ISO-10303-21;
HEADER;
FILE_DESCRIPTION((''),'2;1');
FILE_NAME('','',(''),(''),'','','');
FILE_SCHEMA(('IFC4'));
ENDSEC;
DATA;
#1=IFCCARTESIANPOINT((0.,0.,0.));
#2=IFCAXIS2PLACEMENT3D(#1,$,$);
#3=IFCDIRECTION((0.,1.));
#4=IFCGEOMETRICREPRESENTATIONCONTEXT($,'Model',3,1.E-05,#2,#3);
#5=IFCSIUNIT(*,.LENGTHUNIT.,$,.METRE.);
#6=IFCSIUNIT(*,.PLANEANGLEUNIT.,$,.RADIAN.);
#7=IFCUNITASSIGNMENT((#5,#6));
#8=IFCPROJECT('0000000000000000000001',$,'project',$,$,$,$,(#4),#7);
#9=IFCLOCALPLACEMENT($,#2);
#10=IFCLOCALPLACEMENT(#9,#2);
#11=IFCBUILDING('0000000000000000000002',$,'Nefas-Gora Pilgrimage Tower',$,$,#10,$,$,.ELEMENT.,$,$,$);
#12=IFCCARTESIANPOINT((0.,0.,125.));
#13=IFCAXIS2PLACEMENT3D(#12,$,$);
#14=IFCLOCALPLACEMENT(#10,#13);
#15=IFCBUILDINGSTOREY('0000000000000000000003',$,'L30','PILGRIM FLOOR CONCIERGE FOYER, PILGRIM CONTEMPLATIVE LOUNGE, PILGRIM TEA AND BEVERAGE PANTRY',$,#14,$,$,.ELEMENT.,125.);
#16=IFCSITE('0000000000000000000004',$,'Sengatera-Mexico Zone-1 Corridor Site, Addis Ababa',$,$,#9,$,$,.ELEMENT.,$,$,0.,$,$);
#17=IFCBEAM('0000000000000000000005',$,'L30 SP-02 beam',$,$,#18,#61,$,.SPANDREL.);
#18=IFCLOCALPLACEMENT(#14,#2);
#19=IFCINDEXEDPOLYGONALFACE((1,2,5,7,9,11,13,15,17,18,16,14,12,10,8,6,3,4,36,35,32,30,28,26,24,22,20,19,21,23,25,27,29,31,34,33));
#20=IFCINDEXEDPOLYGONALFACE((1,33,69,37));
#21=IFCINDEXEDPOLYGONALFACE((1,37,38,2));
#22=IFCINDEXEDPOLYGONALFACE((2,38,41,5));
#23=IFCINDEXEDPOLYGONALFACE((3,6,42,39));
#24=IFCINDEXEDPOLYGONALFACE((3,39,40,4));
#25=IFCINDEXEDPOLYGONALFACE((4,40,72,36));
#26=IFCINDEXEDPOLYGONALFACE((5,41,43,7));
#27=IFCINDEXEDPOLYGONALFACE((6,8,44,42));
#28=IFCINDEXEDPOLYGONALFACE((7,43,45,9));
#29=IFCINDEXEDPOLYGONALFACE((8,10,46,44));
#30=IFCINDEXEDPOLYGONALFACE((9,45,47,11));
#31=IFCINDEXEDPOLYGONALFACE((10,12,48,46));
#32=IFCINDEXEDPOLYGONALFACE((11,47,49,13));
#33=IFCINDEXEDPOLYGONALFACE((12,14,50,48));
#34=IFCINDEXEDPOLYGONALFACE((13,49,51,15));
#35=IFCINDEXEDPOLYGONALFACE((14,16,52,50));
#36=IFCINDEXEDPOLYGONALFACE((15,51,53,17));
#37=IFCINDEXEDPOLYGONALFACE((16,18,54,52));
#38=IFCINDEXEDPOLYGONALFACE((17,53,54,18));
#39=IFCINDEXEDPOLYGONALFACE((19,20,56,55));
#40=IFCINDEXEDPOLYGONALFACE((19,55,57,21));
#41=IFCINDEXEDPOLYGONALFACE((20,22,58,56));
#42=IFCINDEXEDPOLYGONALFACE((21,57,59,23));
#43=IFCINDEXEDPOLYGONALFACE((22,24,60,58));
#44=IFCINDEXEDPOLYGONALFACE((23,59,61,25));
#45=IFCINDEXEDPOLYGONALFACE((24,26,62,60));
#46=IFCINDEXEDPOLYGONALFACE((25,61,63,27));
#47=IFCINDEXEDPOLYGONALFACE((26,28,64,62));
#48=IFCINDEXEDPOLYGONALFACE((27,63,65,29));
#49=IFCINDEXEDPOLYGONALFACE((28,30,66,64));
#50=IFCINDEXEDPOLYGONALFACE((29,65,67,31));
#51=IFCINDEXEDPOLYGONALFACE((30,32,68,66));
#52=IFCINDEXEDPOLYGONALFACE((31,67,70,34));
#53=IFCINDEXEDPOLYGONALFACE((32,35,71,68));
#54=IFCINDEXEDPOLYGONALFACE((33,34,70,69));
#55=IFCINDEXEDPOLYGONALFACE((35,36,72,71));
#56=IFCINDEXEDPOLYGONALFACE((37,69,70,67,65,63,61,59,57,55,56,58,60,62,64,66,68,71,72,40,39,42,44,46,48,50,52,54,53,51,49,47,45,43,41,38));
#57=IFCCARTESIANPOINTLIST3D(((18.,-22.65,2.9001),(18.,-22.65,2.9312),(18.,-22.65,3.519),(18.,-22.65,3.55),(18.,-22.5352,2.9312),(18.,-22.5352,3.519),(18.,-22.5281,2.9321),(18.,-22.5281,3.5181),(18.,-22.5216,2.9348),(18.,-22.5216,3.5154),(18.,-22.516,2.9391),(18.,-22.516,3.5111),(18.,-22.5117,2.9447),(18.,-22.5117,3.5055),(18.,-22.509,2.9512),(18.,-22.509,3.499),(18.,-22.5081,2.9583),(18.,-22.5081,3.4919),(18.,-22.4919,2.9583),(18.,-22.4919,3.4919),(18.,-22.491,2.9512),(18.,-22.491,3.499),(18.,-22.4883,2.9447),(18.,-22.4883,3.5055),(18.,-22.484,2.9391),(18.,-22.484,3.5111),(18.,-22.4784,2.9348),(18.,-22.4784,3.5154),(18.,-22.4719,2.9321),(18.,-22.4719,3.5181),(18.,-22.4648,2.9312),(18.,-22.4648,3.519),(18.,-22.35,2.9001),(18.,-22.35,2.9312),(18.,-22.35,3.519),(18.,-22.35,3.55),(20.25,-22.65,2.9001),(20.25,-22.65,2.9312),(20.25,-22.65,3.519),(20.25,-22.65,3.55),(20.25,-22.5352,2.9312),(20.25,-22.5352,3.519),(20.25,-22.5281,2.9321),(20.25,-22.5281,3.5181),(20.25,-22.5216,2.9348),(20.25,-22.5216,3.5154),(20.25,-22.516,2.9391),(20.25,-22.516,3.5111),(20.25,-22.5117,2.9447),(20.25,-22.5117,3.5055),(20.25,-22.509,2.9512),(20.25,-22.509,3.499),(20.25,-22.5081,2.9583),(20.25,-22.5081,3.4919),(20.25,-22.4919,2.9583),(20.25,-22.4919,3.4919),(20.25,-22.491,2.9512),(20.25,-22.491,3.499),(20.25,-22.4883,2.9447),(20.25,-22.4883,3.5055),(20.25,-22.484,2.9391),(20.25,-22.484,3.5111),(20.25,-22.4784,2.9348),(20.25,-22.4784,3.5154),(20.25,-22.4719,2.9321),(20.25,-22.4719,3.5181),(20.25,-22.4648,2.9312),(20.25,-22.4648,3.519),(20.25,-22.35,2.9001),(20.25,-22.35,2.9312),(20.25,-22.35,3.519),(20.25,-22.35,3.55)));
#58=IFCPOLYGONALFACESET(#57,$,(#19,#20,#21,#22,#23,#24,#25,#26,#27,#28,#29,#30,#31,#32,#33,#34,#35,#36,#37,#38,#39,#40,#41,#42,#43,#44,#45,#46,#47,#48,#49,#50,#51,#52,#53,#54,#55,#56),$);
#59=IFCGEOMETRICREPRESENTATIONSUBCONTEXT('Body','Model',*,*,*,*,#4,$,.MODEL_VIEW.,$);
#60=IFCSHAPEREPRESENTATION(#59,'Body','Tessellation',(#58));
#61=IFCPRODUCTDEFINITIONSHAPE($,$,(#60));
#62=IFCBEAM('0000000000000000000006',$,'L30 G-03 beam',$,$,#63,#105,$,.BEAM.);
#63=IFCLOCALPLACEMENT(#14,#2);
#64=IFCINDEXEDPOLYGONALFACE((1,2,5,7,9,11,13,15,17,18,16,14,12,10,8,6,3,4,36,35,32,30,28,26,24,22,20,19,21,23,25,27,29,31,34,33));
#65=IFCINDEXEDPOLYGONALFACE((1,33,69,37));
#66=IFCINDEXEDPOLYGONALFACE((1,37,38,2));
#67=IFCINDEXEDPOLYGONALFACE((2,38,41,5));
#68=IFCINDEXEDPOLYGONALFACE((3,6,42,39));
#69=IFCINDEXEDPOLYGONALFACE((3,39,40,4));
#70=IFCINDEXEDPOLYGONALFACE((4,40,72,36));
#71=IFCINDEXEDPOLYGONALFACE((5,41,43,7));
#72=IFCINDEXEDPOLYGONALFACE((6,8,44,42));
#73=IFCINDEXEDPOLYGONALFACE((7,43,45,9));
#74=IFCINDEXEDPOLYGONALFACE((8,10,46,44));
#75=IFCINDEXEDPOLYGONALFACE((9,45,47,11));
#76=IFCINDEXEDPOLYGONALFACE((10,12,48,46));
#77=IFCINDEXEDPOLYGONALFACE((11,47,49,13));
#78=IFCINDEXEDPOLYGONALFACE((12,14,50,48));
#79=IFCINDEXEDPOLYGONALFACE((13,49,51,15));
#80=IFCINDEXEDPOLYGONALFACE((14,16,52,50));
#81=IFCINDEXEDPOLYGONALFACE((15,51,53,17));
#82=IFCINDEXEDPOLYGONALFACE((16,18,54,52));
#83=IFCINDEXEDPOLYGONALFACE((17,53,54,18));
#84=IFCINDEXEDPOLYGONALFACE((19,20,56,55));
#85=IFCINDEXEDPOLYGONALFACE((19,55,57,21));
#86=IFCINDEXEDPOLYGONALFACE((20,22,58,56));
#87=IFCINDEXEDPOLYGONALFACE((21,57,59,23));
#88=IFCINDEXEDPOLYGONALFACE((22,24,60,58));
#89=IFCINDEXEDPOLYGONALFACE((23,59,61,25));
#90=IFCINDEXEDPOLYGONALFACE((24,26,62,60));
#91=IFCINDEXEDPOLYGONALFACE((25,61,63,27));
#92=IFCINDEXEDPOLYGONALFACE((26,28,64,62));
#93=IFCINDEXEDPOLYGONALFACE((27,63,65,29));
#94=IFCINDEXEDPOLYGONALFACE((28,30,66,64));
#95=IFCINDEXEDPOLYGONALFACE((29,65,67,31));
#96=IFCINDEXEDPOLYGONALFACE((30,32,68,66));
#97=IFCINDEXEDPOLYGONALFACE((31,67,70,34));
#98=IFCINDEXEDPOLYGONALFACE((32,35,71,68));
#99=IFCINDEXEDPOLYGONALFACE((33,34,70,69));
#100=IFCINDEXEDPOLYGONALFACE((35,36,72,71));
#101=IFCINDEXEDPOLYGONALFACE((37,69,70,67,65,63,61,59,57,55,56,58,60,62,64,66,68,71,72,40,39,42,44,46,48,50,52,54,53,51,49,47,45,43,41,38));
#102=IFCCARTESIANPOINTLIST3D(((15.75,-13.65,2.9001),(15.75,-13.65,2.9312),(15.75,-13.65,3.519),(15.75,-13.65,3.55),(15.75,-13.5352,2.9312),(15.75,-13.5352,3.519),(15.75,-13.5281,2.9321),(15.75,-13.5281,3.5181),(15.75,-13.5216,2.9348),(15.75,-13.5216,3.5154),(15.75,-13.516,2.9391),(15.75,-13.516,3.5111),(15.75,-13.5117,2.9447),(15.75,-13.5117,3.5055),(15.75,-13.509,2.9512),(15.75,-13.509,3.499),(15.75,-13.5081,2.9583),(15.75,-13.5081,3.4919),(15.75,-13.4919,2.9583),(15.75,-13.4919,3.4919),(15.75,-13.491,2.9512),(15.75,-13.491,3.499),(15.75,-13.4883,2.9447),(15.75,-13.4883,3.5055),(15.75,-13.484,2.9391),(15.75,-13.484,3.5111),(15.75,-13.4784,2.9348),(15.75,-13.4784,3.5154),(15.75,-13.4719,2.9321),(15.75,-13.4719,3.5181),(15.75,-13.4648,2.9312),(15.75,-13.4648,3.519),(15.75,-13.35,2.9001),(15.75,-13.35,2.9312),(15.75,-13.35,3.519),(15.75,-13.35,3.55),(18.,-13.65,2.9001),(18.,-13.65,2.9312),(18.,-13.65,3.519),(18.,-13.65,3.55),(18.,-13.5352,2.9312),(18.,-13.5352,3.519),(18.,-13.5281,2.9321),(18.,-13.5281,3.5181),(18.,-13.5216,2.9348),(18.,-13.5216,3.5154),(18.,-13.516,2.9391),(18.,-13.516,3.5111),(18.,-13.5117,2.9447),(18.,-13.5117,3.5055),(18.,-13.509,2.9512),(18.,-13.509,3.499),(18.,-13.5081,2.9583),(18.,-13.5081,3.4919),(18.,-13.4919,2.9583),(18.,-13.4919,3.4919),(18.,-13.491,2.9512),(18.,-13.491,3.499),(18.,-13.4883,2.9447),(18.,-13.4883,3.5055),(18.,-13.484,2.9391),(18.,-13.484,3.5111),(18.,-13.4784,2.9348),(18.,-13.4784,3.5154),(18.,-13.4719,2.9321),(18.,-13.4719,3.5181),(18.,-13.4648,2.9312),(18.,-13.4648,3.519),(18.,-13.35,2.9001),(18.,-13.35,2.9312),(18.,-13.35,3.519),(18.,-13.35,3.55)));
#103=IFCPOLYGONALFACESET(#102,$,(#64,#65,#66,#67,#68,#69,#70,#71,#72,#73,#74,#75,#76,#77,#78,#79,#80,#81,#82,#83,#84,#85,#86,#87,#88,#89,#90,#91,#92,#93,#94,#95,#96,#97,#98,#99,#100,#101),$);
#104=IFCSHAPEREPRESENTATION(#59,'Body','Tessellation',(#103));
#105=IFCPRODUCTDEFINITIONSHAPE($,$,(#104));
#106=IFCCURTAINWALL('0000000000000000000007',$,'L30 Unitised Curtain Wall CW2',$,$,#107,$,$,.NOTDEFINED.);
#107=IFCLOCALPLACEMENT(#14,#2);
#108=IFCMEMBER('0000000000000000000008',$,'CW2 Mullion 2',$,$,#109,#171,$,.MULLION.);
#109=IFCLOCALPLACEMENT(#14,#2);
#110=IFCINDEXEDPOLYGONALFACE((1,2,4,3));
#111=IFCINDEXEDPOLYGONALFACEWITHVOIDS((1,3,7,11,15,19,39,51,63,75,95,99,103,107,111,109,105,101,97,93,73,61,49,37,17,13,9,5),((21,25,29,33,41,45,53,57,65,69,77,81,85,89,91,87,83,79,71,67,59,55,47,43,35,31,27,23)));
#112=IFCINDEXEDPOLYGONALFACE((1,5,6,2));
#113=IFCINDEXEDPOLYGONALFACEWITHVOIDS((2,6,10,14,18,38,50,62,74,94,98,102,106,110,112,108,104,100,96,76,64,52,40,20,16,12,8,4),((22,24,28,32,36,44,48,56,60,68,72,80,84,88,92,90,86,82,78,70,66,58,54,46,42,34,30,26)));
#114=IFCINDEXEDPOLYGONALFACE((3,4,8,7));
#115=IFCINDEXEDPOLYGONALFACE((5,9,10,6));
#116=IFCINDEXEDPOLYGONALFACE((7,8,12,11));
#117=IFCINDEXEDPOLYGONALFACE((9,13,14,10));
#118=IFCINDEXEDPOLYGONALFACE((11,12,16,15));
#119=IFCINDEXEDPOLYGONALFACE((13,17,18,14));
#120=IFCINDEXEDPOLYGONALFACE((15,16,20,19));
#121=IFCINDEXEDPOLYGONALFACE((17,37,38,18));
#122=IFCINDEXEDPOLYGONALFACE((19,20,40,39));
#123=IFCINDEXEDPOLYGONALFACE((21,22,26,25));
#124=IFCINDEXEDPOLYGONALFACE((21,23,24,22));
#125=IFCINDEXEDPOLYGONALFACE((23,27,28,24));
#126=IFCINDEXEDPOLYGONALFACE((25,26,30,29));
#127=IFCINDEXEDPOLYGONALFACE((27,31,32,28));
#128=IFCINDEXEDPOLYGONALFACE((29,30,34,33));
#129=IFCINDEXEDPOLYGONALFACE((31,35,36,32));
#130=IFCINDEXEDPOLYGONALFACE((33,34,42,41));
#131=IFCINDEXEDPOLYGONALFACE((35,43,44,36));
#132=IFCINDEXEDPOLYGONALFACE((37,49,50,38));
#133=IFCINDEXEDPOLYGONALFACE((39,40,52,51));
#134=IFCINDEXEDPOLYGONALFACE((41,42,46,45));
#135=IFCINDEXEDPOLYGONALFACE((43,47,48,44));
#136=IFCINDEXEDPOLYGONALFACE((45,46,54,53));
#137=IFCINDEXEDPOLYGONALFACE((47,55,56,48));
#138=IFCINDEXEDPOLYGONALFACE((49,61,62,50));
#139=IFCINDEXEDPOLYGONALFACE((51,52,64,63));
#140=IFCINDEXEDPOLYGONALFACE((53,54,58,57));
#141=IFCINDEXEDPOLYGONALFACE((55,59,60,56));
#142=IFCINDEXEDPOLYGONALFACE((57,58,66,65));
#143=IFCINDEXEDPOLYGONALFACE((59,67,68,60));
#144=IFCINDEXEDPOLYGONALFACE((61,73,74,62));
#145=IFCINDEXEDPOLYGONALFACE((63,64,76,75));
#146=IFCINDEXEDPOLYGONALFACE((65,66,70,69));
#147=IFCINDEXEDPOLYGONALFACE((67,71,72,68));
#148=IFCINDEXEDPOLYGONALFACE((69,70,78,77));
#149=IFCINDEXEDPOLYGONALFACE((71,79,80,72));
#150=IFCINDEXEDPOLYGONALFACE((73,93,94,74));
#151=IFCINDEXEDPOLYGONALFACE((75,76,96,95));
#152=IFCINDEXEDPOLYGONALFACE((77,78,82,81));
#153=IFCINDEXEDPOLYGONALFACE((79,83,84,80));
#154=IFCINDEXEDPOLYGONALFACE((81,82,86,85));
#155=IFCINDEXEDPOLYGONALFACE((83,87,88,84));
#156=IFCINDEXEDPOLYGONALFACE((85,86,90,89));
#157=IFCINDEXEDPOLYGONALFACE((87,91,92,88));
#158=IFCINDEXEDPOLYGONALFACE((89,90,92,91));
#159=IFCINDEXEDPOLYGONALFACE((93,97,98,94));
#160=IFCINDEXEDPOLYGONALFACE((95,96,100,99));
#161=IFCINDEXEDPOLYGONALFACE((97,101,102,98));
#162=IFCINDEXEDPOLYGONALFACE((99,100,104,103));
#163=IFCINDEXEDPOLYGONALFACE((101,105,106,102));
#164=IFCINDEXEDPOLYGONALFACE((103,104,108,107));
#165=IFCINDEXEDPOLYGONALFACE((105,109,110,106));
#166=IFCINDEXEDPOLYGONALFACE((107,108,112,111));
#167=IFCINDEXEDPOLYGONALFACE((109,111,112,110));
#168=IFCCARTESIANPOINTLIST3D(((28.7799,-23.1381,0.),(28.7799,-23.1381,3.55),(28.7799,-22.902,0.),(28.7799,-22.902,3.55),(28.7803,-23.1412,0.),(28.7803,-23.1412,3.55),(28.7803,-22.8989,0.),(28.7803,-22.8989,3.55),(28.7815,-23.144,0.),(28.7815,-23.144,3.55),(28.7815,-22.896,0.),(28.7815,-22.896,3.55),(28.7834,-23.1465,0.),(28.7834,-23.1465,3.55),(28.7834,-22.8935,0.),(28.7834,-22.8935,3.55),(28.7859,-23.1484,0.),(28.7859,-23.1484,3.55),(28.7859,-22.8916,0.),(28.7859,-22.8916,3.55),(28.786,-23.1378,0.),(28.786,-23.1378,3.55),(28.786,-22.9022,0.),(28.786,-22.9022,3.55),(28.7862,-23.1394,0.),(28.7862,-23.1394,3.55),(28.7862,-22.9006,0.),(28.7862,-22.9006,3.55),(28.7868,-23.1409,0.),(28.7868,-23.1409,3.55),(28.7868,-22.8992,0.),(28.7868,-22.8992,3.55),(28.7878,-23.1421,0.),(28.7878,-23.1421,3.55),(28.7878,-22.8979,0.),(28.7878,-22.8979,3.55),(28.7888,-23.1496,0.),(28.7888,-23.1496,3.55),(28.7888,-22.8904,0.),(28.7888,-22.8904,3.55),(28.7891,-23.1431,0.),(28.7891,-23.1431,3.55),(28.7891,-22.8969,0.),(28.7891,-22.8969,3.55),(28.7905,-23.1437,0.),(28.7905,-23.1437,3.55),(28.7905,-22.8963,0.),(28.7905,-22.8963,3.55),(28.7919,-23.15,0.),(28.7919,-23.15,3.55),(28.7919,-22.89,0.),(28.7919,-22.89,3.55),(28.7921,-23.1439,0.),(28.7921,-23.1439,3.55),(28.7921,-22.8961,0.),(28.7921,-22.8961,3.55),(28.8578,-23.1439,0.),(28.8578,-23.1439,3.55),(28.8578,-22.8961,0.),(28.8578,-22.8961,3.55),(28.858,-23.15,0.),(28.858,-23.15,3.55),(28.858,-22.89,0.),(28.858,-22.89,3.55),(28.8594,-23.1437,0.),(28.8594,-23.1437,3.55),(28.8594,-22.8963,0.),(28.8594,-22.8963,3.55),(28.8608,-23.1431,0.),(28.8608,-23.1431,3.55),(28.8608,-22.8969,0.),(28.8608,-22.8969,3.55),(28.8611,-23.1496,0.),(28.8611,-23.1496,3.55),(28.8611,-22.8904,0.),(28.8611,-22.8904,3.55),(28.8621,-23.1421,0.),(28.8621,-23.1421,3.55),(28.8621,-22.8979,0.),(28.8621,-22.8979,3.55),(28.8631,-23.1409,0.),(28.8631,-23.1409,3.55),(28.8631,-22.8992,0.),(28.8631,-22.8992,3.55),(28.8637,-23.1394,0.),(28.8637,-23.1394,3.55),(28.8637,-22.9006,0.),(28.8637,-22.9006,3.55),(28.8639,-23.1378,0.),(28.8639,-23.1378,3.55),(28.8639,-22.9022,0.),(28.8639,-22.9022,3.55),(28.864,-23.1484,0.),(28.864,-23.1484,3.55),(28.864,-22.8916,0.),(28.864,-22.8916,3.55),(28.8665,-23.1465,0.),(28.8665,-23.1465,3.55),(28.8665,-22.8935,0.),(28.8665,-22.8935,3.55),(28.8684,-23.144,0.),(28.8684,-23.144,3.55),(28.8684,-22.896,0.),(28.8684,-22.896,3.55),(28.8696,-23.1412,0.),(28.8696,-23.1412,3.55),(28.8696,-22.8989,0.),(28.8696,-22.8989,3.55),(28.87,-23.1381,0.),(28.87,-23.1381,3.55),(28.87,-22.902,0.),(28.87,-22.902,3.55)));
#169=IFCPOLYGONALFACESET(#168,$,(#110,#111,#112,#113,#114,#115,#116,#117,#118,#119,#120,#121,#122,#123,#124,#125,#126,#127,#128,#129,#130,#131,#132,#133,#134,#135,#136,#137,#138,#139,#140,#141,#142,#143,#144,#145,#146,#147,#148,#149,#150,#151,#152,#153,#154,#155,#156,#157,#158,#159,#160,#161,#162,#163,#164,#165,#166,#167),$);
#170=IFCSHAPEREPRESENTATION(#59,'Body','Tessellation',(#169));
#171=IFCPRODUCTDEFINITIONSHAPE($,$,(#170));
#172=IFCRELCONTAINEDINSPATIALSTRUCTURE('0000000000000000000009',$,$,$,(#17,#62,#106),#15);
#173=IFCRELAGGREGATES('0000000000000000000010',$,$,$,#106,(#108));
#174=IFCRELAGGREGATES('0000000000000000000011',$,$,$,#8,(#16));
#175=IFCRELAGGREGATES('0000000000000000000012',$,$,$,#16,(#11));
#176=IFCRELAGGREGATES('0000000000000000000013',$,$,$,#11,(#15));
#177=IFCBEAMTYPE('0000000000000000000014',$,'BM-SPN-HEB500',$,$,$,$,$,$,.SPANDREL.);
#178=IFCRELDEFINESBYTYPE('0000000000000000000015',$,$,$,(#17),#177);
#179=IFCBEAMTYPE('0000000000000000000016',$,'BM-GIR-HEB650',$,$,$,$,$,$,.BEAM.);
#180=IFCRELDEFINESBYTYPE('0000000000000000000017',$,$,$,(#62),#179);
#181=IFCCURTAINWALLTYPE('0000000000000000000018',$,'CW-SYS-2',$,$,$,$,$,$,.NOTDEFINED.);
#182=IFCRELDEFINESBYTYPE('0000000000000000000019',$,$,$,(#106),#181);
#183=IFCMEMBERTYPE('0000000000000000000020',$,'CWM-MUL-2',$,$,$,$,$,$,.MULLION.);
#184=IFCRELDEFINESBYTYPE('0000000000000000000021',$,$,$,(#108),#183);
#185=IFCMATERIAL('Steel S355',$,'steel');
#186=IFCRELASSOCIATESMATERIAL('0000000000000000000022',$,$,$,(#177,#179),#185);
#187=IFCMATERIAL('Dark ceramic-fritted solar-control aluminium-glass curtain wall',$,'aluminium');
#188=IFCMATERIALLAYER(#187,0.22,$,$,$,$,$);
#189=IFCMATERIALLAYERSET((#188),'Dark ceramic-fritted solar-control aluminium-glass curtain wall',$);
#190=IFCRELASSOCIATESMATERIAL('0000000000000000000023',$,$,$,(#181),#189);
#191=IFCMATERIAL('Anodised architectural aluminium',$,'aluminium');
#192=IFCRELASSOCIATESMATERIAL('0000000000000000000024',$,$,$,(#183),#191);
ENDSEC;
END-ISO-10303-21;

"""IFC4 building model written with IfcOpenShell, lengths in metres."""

from ifc_helpers import new_model, si_unit, direction, frame, origin, origin_2d, place, context, subcontext, project, spatial, hollow_rectangle, i_section, extrude, source, transform, mapped, material, layer, layer_set, material_profile, profile_set, type_object, element, aggregate, save


model = new_model("IFC4")

# Units and contexts
model_context = context("Model", 3, precision=1e-05, world=origin(), true_north=direction((0.0, 1.0)))
body_context = subcontext(model_context, "Body", "Model", "MODEL_VIEW")
ifc_project = project(units=[si_unit("LENGTHUNIT", "METRE"), si_unit("PLANEANGLEUNIT", "RADIAN")], contexts=[model_context])

# Site, building, storey
site_placement = place(None, origin())
site = spatial("IfcSite", under=ifc_project, at=site_placement, Name="Sengatera-Mexico Zone-1 Corridor Site, Addis Ababa", CompositionType="ELEMENT", RefElevation=0.0)
building_placement = place(site_placement, origin())
building = spatial("IfcBuilding", under=site, at=building_placement, Name="Nefas-Gora Pilgrimage Tower", CompositionType="ELEMENT")
storey_placement = place(building_placement, frame((0.0, 0.0, 125.0)))
storey = spatial("IfcBuildingStorey", under=building, at=storey_placement, Name="L30", Description="PILGRIM FLOOR CONCIERGE FOYER, PILGRIM CONTEMPLATIVE LOUNGE, PILGRIM TEA AND BEVERAGE PANTRY", CompositionType="ELEMENT", Elevation=125.0)

# Beams
ifc_material_1 = material(Name="Steel S355", Category="steel")
ifc_material_profile_1 = material_profile(ifc_material_1, i_section(OverallWidth=0.3, OverallDepth=0.6499, WebThickness=0.0161, FlangeThickness=0.031, FilletRadius=0.0271, at=origin_2d()), Name="HEB 650")
ifc_profile_set_1 = profile_set([ifc_material_profile_1], Name="Steel S355")
beam_type_1 = type_object("IfcBeamType", Name="BM-SPN-HEB500", PredefinedType="SPANDREL", material=ifc_profile_set_1)
ifc_material_profile_2 = material_profile(ifc_material_1, i_section(OverallWidth=0.3, OverallDepth=0.6499, WebThickness=0.0161, FlangeThickness=0.031, FilletRadius=0.0271, at=origin_2d()), Name="HEB 650")
ifc_profile_set_2 = profile_set([ifc_material_profile_2], Name="Steel S355")
beam_type_2 = type_object("IfcBeamType", Name="BM-GIR-HEB650", PredefinedType="BEAM", material=ifc_profile_set_2)
shared_shape_1 = source(origin(), body_context, "Body", "SweptSolid", [
    extrude(i_section(OverallWidth=0.3, OverallDepth=0.6499, WebThickness=0.0161, FlangeThickness=0.031, FilletRadius=0.0271, at=origin_2d()), origin(), (0.0, 0.0, 1.0), 2.25),
])
for number, where, z_axis, x_axis, name in (
    (1, (18.0, -22.5, 3.2251), (1.0, 0.0, 0.0), (0.0, 1.0, 0.0), "L30 SP-02 beam"),
):
    element("IfcBeam", number, at=place(storey_placement, frame(where, z_axis=z_axis, x_axis=x_axis)), inside=storey, type_object=beam_type_1, Name=name, PredefinedType="SPANDREL", context=body_context, shape_type="MappedRepresentation", body=[
        mapped(shared_shape_1, transform((0.0, 0.0, 0.0), x_axis=(1.0, 0.0, 0.0), y_axis=(0.0, 1.0, 0.0), z_axis=(0.0, 0.0, 1.0), scale=1.0)),
    ])
shared_shape_2 = source(origin(), body_context, "Body", "SweptSolid", [
    extrude(i_section(OverallWidth=0.3, OverallDepth=0.6499, WebThickness=0.0161, FlangeThickness=0.031, FilletRadius=0.0271, at=origin_2d()), origin(), (0.0, 0.0, 1.0), 2.25),
])
beam_1_placement = place(storey_placement, frame((15.75, -13.5, 3.2251), z_axis=(1.0, 0.0, 0.0), x_axis=(0.0, 1.0, 0.0)))
element("IfcBeam", 2, at=beam_1_placement, inside=storey, type_object=beam_type_2, Name="L30 G-03 beam", PredefinedType="BEAM", context=body_context, shape_type="MappedRepresentation", body=[
    mapped(shared_shape_2, transform((0.0, 0.0, 0.0), x_axis=(1.0, 0.0, 0.0), y_axis=(0.0, 1.0, 0.0), z_axis=(0.0, 0.0, 1.0), scale=1.0)),
])

# Curtain wall, member
ifc_material_2 = material(Name="Dark ceramic-fritted solar-control aluminium-glass curtain wall", Category="aluminium")
ifc_layer_1 = layer(ifc_material_2, 0.22)
ifc_layer_set_1 = layer_set([ifc_layer_1], Name="Dark ceramic-fritted solar-control aluminium-glass curtain wall")
curtain_wall_type = type_object("IfcCurtainWallType", Name="CW-SYS-2", PredefinedType="NOTDEFINED", material=ifc_layer_set_1)
curtain_wall_1_placement = place(storey_placement, origin())
curtain_wall_1 = element("IfcCurtainWall", 3, at=curtain_wall_1_placement, inside=storey, type_object=curtain_wall_type, Name="L30 Unitised Curtain Wall CW2", PredefinedType="NOTDEFINED")
ifc_material_3 = material(Name="Anodised architectural aluminium", Category="aluminium")
ifc_material_profile_3 = material_profile(ifc_material_3, hollow_rectangle(XDim=0.0901, YDim=0.26, WallThickness=0.0061, InnerFilletRadius=0.0061, OuterFilletRadius=0.012, at=origin_2d()), Name="ALU MULLION 90x260")
ifc_profile_set_3 = profile_set([ifc_material_profile_3], Name="Anodised architectural aluminium")
member_type_1 = type_object("IfcMemberType", Name="CWM-MUL-2", PredefinedType="MULLION", material=ifc_profile_set_3)
shared_shape_3 = source(origin(), body_context, "Body", "SweptSolid", [
    extrude(hollow_rectangle(XDim=0.0901, YDim=0.26, WallThickness=0.0061, InnerFilletRadius=0.0061, OuterFilletRadius=0.012, at=origin_2d()), origin(), (0.0, 0.0, 1.0), 3.55),
])
member_1_placement = place(storey_placement, frame((28.825, -23.02, 0.0), z_axis=(0.0, 0.0, 1.0), x_axis=(1.0, 0.0, 0.0)))
member_1 = element("IfcMember", 4, at=member_1_placement, type_object=member_type_1, Name="CW2 Mullion 2", PredefinedType="MULLION", context=body_context, shape_type="MappedRepresentation", body=[
    mapped(shared_shape_3, transform((0.0, 0.0, 0.0), x_axis=(1.0, 0.0, 0.0), y_axis=(0.0, 1.0, 0.0), z_axis=(0.0, 0.0, 1.0), scale=1.0)),
])

aggregate(curtain_wall_1, [member_1])

save(model, "model.ifc")
